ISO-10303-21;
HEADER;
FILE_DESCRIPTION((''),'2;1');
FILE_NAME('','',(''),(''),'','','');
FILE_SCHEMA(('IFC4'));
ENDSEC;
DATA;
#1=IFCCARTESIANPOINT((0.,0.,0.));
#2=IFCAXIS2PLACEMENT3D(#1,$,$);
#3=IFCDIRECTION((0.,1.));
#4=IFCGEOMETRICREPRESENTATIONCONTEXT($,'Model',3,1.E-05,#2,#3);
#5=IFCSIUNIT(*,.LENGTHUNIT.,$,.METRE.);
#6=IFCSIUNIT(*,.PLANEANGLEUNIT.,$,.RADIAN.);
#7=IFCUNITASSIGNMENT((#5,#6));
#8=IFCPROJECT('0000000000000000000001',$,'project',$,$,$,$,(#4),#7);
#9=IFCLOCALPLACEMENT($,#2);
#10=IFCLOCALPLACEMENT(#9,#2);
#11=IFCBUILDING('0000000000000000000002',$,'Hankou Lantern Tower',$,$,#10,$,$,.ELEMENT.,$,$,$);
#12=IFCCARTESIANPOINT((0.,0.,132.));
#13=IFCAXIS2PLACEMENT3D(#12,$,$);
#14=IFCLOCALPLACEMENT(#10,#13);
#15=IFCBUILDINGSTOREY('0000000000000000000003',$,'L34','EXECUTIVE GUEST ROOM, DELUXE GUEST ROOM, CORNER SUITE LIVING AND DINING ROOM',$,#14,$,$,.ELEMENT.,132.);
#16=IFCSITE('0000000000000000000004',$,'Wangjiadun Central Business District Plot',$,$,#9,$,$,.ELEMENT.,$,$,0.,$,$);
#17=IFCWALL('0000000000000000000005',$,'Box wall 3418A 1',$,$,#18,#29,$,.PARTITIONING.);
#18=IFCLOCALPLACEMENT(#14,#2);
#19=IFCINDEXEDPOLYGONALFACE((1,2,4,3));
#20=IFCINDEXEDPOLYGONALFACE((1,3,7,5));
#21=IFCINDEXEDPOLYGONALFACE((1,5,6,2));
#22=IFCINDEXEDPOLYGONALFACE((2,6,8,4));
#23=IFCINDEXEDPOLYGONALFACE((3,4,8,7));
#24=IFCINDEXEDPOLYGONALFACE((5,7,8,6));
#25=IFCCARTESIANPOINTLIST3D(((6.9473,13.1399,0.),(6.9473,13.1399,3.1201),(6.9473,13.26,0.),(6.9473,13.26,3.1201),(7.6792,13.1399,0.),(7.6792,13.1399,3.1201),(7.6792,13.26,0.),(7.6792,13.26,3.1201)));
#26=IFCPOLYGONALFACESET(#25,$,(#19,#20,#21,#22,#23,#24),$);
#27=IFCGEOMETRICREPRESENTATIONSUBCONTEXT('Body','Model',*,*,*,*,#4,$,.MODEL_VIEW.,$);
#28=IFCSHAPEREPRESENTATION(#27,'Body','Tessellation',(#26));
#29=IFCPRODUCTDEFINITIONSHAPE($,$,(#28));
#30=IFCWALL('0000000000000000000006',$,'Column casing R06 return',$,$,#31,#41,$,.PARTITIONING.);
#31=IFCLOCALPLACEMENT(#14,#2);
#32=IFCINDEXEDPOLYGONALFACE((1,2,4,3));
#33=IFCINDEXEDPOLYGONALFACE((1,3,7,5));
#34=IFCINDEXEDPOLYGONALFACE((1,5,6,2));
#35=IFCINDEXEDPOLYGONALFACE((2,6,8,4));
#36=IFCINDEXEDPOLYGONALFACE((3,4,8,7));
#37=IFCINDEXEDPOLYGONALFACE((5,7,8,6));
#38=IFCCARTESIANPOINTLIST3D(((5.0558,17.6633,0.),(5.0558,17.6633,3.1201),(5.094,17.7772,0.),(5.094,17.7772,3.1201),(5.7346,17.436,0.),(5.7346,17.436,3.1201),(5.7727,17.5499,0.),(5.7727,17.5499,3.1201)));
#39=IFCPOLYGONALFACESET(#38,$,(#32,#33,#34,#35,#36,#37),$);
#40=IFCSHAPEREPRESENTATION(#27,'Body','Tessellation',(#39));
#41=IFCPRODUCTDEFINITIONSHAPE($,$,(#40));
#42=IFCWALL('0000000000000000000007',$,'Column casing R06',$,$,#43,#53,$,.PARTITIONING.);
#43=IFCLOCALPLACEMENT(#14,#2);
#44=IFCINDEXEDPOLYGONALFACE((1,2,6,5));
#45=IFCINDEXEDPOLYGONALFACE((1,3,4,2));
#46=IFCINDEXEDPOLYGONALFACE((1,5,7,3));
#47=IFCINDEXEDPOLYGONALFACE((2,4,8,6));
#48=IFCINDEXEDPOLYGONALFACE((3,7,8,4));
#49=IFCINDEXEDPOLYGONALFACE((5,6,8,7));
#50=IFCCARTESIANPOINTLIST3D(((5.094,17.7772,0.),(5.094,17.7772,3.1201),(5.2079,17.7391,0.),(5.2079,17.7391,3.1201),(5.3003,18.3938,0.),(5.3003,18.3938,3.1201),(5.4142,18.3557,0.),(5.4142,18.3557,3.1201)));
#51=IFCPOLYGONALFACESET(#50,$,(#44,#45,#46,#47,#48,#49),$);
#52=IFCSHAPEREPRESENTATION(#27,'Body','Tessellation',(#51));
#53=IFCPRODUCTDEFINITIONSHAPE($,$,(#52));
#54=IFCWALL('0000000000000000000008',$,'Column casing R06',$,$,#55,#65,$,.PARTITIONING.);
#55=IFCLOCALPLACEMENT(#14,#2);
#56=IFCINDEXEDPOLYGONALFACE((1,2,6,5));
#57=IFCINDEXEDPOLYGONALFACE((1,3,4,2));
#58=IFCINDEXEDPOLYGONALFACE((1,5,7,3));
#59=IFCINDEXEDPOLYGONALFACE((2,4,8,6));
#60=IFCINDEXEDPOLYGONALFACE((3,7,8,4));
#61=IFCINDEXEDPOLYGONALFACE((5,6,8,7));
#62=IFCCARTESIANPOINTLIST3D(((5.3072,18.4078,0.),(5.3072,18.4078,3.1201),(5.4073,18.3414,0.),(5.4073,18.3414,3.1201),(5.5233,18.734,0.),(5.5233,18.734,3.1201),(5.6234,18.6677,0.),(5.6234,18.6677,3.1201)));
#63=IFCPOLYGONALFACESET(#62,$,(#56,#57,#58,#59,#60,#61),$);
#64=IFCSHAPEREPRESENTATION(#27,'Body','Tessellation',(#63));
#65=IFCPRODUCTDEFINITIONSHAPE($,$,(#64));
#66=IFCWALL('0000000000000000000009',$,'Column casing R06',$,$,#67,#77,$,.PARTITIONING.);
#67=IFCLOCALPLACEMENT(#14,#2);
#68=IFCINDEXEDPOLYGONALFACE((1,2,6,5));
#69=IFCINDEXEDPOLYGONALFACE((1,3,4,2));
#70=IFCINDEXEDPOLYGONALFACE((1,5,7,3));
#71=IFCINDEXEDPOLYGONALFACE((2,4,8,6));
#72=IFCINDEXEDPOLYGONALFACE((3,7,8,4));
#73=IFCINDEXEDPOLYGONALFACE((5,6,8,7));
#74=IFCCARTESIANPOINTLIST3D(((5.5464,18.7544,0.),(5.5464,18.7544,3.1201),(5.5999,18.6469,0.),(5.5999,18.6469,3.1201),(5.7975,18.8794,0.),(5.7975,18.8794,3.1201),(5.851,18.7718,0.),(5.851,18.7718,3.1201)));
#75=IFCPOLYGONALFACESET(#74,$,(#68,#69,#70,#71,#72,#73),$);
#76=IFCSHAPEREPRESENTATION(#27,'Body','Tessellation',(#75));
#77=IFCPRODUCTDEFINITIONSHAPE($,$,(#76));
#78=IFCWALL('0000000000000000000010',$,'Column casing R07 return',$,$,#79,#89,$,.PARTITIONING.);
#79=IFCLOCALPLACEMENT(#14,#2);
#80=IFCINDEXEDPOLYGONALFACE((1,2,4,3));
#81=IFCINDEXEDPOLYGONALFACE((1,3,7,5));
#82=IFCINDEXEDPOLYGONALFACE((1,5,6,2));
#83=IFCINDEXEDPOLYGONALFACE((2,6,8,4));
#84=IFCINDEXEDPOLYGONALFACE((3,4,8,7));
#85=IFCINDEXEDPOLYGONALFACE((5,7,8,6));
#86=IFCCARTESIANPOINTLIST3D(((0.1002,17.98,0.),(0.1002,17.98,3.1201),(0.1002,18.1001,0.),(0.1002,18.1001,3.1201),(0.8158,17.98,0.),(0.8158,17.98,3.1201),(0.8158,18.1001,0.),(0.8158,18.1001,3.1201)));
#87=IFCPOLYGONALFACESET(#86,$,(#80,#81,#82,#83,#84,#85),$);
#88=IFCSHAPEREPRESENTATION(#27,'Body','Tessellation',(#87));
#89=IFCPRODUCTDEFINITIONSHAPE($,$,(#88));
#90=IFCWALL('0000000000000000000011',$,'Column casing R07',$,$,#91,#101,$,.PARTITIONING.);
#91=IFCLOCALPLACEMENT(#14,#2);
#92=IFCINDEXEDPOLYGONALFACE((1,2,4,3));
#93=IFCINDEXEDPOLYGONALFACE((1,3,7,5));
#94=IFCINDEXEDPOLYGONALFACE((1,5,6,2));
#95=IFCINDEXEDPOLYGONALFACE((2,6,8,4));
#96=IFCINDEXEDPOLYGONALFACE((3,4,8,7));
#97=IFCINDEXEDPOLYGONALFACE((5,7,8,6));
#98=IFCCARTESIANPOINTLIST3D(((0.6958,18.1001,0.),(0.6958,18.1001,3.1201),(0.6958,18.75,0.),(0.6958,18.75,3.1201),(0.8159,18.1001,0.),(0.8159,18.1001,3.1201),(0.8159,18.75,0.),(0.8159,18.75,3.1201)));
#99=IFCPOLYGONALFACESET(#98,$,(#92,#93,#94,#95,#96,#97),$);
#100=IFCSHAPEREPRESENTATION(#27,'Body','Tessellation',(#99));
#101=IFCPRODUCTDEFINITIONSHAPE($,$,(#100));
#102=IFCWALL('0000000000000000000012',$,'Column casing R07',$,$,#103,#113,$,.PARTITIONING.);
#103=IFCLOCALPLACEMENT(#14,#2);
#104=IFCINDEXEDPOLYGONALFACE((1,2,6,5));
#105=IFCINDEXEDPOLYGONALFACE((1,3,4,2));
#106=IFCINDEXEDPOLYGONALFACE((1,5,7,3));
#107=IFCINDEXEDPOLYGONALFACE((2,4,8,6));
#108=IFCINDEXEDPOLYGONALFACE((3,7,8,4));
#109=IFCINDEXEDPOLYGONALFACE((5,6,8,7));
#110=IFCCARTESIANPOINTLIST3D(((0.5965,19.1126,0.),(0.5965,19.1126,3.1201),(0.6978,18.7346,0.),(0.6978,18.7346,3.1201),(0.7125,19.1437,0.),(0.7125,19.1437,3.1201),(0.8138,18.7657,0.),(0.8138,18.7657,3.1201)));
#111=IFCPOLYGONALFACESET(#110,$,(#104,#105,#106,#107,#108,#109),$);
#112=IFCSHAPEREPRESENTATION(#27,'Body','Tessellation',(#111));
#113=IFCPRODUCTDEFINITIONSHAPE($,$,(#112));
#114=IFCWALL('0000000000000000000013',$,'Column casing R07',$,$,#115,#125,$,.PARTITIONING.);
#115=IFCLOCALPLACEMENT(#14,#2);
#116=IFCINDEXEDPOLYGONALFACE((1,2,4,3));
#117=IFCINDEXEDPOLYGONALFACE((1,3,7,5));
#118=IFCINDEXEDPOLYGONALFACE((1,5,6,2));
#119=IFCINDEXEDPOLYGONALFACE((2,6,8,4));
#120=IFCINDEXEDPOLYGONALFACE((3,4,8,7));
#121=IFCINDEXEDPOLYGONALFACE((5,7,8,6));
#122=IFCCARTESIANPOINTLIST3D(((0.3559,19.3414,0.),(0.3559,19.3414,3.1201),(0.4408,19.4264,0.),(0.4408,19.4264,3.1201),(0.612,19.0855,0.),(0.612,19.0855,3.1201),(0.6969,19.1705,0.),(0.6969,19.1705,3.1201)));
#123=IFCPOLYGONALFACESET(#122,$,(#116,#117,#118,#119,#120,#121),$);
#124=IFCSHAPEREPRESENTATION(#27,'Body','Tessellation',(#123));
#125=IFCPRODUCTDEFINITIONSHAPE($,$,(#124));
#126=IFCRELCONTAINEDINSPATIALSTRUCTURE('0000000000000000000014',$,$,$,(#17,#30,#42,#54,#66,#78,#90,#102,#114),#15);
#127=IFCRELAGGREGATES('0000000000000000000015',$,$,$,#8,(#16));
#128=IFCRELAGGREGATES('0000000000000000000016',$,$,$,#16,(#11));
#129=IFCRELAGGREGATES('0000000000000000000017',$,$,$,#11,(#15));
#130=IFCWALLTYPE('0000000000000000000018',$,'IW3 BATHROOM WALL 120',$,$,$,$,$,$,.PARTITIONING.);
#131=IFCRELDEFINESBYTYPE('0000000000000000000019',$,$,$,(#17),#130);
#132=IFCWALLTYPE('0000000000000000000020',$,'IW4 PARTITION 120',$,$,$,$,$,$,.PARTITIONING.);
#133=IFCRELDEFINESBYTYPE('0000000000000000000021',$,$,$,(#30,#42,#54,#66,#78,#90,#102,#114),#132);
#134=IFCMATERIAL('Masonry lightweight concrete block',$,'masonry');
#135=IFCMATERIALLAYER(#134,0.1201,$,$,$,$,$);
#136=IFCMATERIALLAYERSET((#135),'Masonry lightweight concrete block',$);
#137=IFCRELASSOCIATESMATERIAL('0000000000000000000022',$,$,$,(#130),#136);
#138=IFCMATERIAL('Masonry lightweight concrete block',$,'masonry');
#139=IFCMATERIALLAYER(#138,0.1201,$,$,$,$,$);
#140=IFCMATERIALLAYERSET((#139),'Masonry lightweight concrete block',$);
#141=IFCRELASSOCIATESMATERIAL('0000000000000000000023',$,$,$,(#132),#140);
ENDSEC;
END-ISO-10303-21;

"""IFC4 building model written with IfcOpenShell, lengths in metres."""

from ifc_helpers import new_model, si_unit, direction, frame, frame_2d, origin, place, context, subcontext, project, spatial, rectangle, extrude, material, layer, layer_set, type_object, element, save


model = new_model("IFC4")

# Units and contexts
model_context = context("Model", 3, precision=1e-05, world=origin(), true_north=direction((0.0, 1.0)))
body_context = subcontext(model_context, "Body", "Model", "MODEL_VIEW")
ifc_project = project(units=[si_unit("LENGTHUNIT", "METRE"), si_unit("PLANEANGLEUNIT", "RADIAN")], contexts=[model_context])

# Site, building, storey
site_placement = place(None, origin())
site = spatial("IfcSite", under=ifc_project, at=site_placement, Name="Wangjiadun Central Business District Plot", CompositionType="ELEMENT", RefElevation=0.0)
building_placement = place(site_placement, origin())
building = spatial("IfcBuilding", under=site, at=building_placement, Name="Hankou Lantern Tower", CompositionType="ELEMENT")
storey_placement = place(building_placement, frame((0.0, 0.0, 132.0)))
storey = spatial("IfcBuildingStorey", under=building, at=storey_placement, Name="L34", Description="EXECUTIVE GUEST ROOM, DELUXE GUEST ROOM, CORNER SUITE LIVING AND DINING ROOM", CompositionType="ELEMENT", Elevation=132.0)

# Shared definitions
ifc_material_1 = material(Name="Masonry lightweight concrete block", Category="masonry")
ifc_layer_1 = layer(ifc_material_1, 0.1201)
ifc_layer_set_1 = layer_set([ifc_layer_1], Name="Masonry lightweight concrete block")
wall_type_1 = type_object("IfcWallType", Name="IW3 BATHROOM WALL 120", PredefinedType="PARTITIONING", material=ifc_layer_set_1)

# Walls
wall_1_placement = place(storey_placement, frame((6.9473, 13.2, 0.0), z_axis=(0.0, 0.0, 1.0), x_axis=(1.0, 0.0, 0.0)))
element("IfcWall", 1, at=wall_1_placement, inside=storey, type_object=wall_type_1, Name="Box wall 3418A 1", PredefinedType="PARTITIONING", context=body_context, shape_type="SweptSolid", body=[
    extrude(rectangle(XDim=0.7319, YDim=0.1201, at=frame_2d((0.366, 0.0))), origin(), (0.0, 0.0, 1.0), 3.1201),
])
ifc_material_2 = material(Name="Masonry lightweight concrete block", Category="masonry")
ifc_layer_2 = layer(ifc_material_2, 0.1201)
ifc_layer_set_2 = layer_set([ifc_layer_2], Name="Masonry lightweight concrete block")
wall_type_2 = type_object("IfcWallType", Name="IW4 PARTITION 120", PredefinedType="PARTITIONING", material=ifc_layer_set_2)
wall_2_placement = place(storey_placement, frame((5.7537, 17.4929, 0.0), z_axis=(0.0, 0.0, 1.0), x_axis=(-0.948239, 0.317558, 0.0)))
element("IfcWall", 2, at=wall_2_placement, inside=storey, type_object=wall_type_2, Name="Column casing R06 return", PredefinedType="PARTITIONING", context=body_context, shape_type="SweptSolid", body=[
    extrude(rectangle(XDim=0.7158, YDim=0.1201, at=frame_2d((0.3579, 0.0))), origin(), (0.0, 0.0, 1.0), 3.1201),
])
wall_3_placement = place(storey_placement, frame((5.1509, 17.7581, 0.0), z_axis=(0.0, 0.0, 1.0), x_axis=(0.317354, 0.948307, 0.0)))
element("IfcWall", 3, at=wall_3_placement, inside=storey, type_object=wall_type_2, Name="Column casing R06", PredefinedType="PARTITIONING", context=body_context, shape_type="SweptSolid", body=[
    extrude(rectangle(XDim=0.6501, YDim=0.1201, at=frame_2d((0.3252, 0.0))), origin(), (0.0, 0.0, 1.0), 3.1201),
])
wall_4_placement = place(storey_placement, frame((5.3572, 18.3745, 0.0), z_axis=(0.0, 0.0, 1.0), x_axis=(0.55225, 0.833679, 0.0)))
element("IfcWall", 4, at=wall_4_placement, inside=storey, type_object=wall_type_2, Name="Column casing R06", PredefinedType="PARTITIONING", context=body_context, shape_type="SweptSolid", body=[
    extrude(rectangle(XDim=0.3914, YDim=0.1201, at=frame_2d((0.1958, 0.0))), origin(), (0.0, 0.0, 1.0), 3.1201),
])
wall_5_placement = place(storey_placement, frame((5.5732, 18.7007, 0.0), z_axis=(0.0, 0.0, 1.0), x_axis=(0.895296, 0.445473, 0.0)))
element("IfcWall", 5, at=wall_5_placement, inside=storey, type_object=wall_type_2, Name="Column casing R06", PredefinedType="PARTITIONING", context=body_context, shape_type="SweptSolid", body=[
    extrude(rectangle(XDim=0.2805, YDim=0.1201, at=frame_2d((0.1401, 0.0))), origin(), (0.0, 0.0, 1.0), 3.1201),
])
wall_6_placement = place(storey_placement, frame((0.1001, 18.04, 0.0), z_axis=(0.0, 0.0, 1.0), x_axis=(1.0, 0.0, 0.0)))
element("IfcWall", 6, at=wall_6_placement, inside=storey, type_object=wall_type_2, Name="Column casing R07 return", PredefinedType="PARTITIONING", context=body_context, shape_type="SweptSolid", body=[
    extrude(rectangle(XDim=0.7156, YDim=0.1201, at=frame_2d((0.3579, 0.0))), origin(), (0.0, 0.0, 1.0), 3.1201),
])
wall_7_placement = place(storey_placement, frame((0.7559, 18.1001, 0.0), z_axis=(0.0, 0.0, 1.0), x_axis=(0.0, 1.0, 0.0)))
element("IfcWall", 7, at=wall_7_placement, inside=storey, type_object=wall_type_2, Name="Column casing R07", PredefinedType="PARTITIONING", context=body_context, shape_type="SweptSolid", body=[
    extrude(rectangle(XDim=0.6499, YDim=0.1201, at=frame_2d((0.325, 0.0))), origin(), (0.0, 0.0, 1.0), 3.1201),
])
wall_8_placement = place(storey_placement, frame((0.7559, 18.75, 0.0), z_axis=(0.0, 0.0, 1.0), x_axis=(-0.258944, 0.965892, 0.0)))
element("IfcWall", 8, at=wall_8_placement, inside=storey, type_object=wall_type_2, Name="Column casing R07", PredefinedType="PARTITIONING", context=body_context, shape_type="SweptSolid", body=[
    extrude(rectangle(XDim=0.3914, YDim=0.1201, at=frame_2d((0.1958, 0.0))), origin(), (0.0, 0.0, 1.0), 3.1201),
])
wall_9_placement = place(storey_placement, frame((0.6545, 19.1279, 0.0), z_axis=(0.0, 0.0, 1.0), x_axis=(-0.707444, 0.70677, 0.0)))
element("IfcWall", 9, at=wall_9_placement, inside=storey, type_object=wall_type_2, Name="Column casing R07", PredefinedType="PARTITIONING", context=body_context, shape_type="SweptSolid", body=[
    extrude(rectangle(XDim=0.3621, YDim=0.1201, at=frame_2d((0.1812, 0.0))), origin(), (0.0, 0.0, 1.0), 3.1201),
])

save(model, "model.ifc")
